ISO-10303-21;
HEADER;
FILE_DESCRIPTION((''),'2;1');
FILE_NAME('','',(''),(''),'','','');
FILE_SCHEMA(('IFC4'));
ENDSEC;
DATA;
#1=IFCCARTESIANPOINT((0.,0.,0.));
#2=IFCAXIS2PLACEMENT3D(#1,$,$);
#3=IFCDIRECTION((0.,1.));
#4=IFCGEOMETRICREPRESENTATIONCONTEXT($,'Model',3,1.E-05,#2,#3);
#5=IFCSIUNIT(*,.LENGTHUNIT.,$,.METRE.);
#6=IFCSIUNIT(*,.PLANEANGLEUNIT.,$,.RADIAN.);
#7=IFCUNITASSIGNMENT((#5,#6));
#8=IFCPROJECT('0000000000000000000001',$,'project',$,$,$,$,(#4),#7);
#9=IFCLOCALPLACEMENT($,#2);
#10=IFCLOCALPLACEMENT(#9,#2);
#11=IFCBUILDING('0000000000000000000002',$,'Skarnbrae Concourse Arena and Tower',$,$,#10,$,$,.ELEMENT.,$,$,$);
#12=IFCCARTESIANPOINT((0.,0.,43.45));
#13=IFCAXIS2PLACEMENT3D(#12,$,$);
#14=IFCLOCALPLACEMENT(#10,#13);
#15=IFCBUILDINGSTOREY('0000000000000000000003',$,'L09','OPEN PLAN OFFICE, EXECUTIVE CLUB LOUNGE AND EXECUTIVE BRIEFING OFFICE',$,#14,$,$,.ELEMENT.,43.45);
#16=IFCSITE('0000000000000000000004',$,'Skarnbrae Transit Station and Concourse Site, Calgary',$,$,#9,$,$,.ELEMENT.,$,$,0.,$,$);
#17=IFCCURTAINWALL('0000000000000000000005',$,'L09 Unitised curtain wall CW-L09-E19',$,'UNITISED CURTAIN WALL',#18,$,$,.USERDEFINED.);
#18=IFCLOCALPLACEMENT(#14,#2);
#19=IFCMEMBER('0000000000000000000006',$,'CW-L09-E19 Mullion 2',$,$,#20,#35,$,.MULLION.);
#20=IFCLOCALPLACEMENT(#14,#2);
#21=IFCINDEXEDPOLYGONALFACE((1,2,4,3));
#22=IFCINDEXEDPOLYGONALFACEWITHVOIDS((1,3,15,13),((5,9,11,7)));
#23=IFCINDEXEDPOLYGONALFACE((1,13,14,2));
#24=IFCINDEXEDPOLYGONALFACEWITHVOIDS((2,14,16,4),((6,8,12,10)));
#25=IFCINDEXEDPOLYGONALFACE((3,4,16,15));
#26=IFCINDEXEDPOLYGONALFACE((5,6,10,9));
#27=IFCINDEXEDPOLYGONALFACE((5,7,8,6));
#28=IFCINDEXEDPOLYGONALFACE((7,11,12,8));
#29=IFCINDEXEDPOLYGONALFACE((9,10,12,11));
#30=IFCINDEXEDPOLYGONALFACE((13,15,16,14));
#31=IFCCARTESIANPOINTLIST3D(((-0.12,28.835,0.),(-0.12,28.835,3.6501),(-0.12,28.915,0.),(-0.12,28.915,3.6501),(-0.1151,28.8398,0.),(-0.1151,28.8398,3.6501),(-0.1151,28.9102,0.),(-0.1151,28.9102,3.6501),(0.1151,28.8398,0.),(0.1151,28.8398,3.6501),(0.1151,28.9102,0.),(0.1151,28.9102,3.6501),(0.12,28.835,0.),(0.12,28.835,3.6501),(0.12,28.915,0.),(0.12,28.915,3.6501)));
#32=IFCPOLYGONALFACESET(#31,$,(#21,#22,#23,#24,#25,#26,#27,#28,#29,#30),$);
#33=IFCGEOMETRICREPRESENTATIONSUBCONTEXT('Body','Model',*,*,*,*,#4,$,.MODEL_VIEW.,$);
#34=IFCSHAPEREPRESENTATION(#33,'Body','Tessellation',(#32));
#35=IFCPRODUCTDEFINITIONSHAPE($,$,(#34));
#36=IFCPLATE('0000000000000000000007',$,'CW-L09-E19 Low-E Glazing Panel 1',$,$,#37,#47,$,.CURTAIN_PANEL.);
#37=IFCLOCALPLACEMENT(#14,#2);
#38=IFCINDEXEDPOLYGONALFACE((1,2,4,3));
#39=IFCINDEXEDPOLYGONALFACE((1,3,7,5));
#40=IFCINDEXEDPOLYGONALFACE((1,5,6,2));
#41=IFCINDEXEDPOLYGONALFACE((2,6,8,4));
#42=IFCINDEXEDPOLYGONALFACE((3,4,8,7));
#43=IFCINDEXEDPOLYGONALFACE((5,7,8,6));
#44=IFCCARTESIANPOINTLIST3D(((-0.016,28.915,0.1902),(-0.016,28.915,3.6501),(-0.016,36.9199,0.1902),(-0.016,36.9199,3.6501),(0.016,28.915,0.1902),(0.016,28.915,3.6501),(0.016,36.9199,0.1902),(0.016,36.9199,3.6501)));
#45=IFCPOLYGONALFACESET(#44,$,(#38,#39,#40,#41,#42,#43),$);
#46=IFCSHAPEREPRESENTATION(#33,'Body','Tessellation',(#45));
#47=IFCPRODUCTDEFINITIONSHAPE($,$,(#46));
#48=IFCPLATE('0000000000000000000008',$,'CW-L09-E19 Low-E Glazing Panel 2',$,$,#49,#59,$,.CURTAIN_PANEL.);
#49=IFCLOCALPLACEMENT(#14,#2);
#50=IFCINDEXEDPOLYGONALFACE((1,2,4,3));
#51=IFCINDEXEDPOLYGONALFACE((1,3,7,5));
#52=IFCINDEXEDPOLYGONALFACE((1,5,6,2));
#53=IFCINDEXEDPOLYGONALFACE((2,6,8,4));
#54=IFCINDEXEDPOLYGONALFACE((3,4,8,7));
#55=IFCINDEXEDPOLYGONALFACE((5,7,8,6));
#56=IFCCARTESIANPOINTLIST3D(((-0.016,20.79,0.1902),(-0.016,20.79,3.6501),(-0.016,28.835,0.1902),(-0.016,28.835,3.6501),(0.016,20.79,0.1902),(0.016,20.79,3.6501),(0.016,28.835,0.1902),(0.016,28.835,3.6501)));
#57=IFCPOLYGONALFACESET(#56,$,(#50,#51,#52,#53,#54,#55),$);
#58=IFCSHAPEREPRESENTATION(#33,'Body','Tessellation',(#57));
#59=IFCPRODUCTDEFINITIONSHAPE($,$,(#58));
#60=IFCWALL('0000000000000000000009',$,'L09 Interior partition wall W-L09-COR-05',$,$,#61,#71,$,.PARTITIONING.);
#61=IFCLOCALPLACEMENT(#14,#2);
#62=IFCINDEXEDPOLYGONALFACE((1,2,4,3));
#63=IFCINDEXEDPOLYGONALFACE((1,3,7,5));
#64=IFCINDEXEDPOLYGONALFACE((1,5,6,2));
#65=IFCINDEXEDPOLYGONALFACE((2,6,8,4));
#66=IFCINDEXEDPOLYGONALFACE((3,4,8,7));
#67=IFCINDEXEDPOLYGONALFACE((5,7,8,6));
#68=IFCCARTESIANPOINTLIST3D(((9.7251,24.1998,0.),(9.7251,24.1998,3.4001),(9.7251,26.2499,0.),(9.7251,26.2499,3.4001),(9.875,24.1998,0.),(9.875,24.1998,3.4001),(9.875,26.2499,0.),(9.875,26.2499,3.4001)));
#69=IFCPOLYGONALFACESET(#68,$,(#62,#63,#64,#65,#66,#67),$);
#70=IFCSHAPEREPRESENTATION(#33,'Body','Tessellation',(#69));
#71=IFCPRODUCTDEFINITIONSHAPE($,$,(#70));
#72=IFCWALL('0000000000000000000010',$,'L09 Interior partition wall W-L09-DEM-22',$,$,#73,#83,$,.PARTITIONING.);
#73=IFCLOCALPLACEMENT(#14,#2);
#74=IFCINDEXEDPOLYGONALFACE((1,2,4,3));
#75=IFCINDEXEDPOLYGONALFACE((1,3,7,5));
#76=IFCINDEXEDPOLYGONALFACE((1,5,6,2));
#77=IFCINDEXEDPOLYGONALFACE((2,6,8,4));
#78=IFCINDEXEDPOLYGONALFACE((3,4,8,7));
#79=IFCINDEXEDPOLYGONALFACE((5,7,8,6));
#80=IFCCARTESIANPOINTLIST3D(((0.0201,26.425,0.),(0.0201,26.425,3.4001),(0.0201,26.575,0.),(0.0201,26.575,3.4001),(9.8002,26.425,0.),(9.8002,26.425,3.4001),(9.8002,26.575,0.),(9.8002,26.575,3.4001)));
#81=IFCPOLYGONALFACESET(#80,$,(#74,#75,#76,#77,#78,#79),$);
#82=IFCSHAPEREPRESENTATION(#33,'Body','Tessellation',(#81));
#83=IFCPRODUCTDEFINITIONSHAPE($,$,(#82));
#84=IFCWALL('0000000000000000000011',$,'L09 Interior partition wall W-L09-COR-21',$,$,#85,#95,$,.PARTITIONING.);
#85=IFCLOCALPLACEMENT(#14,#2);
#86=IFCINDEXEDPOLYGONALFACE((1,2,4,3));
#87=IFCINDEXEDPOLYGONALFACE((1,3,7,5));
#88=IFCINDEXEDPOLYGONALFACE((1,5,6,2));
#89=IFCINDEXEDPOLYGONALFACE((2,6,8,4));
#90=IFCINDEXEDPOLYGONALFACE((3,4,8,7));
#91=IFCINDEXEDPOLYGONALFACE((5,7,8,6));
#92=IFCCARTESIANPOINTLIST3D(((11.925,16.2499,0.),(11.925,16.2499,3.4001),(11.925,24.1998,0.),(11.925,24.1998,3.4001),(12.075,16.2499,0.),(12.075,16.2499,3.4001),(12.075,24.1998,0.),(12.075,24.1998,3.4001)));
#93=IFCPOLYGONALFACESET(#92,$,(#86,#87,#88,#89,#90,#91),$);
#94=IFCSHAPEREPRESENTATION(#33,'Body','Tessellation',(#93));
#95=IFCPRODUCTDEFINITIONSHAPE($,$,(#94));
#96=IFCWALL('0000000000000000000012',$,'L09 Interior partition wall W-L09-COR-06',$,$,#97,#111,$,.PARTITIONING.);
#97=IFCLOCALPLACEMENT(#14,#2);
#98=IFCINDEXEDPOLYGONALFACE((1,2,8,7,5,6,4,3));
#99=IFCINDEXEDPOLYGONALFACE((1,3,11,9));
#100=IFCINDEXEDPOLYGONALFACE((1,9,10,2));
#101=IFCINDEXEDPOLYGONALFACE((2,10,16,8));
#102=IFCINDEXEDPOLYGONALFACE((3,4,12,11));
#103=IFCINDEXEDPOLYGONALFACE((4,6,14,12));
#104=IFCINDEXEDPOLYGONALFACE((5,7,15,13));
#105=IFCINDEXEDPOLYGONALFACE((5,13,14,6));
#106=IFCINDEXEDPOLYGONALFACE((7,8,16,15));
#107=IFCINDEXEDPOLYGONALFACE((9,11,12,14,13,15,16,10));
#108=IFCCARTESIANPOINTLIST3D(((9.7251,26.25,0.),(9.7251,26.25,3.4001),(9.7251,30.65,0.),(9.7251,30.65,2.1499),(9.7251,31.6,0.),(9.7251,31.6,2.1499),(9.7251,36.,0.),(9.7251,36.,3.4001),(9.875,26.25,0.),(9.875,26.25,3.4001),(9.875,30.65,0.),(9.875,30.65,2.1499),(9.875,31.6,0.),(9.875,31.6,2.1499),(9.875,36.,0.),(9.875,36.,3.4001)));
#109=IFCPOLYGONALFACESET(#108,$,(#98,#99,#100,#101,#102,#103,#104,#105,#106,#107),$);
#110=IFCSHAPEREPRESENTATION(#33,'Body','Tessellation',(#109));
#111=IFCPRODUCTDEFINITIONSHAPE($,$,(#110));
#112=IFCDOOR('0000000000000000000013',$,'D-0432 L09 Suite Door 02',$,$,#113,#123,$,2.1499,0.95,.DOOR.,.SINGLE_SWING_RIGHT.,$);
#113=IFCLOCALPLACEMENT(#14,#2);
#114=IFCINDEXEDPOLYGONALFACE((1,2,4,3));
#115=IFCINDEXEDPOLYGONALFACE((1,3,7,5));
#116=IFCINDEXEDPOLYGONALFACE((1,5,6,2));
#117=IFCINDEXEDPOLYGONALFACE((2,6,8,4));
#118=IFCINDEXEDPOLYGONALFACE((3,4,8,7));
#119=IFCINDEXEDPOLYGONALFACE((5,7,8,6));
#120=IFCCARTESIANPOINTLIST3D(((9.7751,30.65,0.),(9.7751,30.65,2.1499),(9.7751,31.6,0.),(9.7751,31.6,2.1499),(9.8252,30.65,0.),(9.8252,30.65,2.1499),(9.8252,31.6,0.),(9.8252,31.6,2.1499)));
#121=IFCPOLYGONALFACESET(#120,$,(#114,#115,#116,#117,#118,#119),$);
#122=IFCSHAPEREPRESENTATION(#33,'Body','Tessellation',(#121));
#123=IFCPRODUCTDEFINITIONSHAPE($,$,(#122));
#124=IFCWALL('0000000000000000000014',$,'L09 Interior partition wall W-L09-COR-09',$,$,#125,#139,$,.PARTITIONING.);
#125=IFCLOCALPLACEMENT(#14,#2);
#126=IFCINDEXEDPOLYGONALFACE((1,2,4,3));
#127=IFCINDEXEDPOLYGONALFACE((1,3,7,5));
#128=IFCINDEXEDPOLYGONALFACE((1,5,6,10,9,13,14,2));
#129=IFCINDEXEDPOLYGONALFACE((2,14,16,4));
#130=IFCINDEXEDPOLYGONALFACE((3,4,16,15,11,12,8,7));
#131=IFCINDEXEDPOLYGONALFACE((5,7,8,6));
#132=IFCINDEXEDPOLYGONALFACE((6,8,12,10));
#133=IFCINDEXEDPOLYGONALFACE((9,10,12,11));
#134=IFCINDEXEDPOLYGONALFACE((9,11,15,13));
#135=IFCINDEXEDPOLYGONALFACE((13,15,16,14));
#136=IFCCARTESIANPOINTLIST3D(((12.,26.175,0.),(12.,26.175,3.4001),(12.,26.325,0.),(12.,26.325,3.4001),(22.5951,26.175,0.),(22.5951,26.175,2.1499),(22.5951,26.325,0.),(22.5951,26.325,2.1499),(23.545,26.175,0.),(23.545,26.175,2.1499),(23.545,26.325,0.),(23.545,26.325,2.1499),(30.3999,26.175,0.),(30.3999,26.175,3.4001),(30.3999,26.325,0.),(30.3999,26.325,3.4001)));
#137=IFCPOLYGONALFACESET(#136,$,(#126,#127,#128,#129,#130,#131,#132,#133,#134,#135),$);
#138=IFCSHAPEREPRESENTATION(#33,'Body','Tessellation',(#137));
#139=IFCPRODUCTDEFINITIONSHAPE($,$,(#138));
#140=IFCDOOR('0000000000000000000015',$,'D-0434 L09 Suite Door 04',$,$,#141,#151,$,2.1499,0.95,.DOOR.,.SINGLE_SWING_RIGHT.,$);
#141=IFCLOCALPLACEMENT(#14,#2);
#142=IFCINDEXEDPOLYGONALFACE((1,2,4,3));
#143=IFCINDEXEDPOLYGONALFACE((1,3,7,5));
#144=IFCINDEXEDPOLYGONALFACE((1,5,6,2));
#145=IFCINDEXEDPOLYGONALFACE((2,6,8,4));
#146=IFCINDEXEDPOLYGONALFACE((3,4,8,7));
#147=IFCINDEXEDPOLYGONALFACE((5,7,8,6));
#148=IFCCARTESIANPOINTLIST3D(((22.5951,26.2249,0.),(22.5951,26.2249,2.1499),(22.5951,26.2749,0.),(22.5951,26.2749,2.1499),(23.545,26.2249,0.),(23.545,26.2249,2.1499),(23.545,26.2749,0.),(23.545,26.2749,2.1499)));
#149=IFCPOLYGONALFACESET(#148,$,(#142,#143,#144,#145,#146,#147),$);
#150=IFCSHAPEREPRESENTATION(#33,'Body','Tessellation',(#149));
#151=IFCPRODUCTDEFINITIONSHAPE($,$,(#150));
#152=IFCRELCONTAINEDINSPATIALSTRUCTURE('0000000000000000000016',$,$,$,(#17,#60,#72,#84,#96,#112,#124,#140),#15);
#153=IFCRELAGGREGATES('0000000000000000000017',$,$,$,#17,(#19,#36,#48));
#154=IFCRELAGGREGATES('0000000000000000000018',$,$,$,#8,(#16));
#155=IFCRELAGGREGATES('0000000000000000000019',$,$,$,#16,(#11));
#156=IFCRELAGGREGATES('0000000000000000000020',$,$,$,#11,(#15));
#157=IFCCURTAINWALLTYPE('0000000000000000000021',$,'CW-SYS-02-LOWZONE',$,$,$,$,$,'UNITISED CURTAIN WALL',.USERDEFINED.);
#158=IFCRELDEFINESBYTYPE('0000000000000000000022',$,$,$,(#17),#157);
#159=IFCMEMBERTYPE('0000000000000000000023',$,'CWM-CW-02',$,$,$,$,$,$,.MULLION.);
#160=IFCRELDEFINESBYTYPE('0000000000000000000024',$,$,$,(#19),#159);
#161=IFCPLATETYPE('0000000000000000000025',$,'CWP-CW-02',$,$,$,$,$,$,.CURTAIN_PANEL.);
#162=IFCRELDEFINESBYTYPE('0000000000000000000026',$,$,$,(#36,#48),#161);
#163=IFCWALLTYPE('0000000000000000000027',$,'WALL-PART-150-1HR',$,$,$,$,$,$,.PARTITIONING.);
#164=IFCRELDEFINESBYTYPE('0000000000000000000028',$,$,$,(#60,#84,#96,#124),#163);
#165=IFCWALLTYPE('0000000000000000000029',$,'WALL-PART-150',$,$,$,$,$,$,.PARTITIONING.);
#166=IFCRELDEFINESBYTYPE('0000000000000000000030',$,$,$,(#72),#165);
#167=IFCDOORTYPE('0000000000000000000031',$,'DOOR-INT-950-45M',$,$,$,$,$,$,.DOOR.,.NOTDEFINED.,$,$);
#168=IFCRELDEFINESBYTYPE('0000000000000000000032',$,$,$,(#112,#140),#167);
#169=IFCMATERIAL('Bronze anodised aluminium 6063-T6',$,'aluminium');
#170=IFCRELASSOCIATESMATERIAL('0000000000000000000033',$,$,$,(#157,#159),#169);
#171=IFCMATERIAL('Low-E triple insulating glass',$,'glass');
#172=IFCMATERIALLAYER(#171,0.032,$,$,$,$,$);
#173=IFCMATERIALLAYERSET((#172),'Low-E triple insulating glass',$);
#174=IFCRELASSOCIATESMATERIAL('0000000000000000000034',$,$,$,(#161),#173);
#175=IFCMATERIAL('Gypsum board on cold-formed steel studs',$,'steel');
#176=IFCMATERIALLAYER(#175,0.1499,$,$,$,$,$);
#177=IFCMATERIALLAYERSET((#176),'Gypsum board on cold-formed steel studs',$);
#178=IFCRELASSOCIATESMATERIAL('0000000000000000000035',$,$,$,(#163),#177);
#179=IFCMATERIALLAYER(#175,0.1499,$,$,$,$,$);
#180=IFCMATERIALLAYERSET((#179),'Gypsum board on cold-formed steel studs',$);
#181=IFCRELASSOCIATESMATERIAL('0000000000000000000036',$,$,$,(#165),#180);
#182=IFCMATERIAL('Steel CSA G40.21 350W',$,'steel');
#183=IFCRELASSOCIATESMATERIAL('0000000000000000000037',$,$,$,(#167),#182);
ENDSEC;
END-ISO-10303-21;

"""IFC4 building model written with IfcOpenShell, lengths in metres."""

from ifc_helpers import new_model, si_unit, direction, frame, frame_2d, origin, origin_2d, place, context, subcontext, project, spatial, rectangle, hollow_rectangle, extrude, source, transform, mapped, material, layer, layer_set, material_profile, profile_set, type_object, element, fill, aggregate, save


model = new_model("IFC4")

# Units and contexts
model_context = context("Model", 3, precision=1e-05, world=origin(), true_north=direction((0.0, 1.0)))
body_context = subcontext(model_context, "Body", "Model", "MODEL_VIEW")
ifc_project = project(units=[si_unit("LENGTHUNIT", "METRE"), si_unit("PLANEANGLEUNIT", "RADIAN")], contexts=[model_context])

# Site, building, storey
site_placement = place(None, origin())
site = spatial("IfcSite", under=ifc_project, at=site_placement, Name="Skarnbrae Transit Station and Concourse Site, Calgary", CompositionType="ELEMENT", RefElevation=0.0)
building_placement = place(site_placement, origin())
building = spatial("IfcBuilding", under=site, at=building_placement, Name="Skarnbrae Concourse Arena and Tower", CompositionType="ELEMENT")
storey_placement = place(building_placement, frame((0.0, 0.0, 43.45)))
storey = spatial("IfcBuildingStorey", under=building, at=storey_placement, Name="L09", Description="OPEN PLAN OFFICE, EXECUTIVE CLUB LOUNGE AND EXECUTIVE BRIEFING OFFICE", CompositionType="ELEMENT", Elevation=43.45)

# Shared definitions
ifc_material_1 = material(Name="Steel CSA G40.21 350W", Category="steel")

# Curtain wall, member, plates
ifc_material_2 = material(Name="Bronze anodised aluminium 6063-T6", Category="aluminium")
curtain_wall_type = type_object("IfcCurtainWallType", Name="CW-SYS-02-LOWZONE", ElementType="UNITISED CURTAIN WALL", PredefinedType="USERDEFINED", material=ifc_material_2)
curtain_wall_placement = place(storey_placement, origin())
curtain_wall = element("IfcCurtainWall", 1, at=curtain_wall_placement, inside=storey, type_object=curtain_wall_type, Name="L09 Unitised curtain wall CW-L09-E19", ObjectType="UNITISED CURTAIN WALL", PredefinedType="USERDEFINED")
ifc_material_profile_1 = material_profile(ifc_material_2, hollow_rectangle(XDim=0.0801, YDim=0.24, WallThickness=0.0049, at=origin_2d()), Name="ALU-MULL-80X240")
ifc_profile_set_1 = profile_set([ifc_material_profile_1], Name="Bronze anodised aluminium 6063-T6")
member_type_1 = type_object("IfcMemberType", Name="CWM-CW-02", PredefinedType="MULLION", material=ifc_profile_set_1)
shared_shape_1 = source(origin(), body_context, "Body", "SweptSolid", [
    extrude(hollow_rectangle(XDim=0.0801, YDim=0.24, WallThickness=0.0049, at=origin_2d()), origin(), (0.0, 0.0, 1.0), 3.6501),
])
member_1_placement = place(storey_placement, frame((0.0, 28.875, 0.0), z_axis=(0.0, 0.0, 1.0), x_axis=(0.0, -1.0, 0.0)))
member_1 = element("IfcMember", 2, at=member_1_placement, type_object=member_type_1, Name="CW-L09-E19 Mullion 2", PredefinedType="MULLION", context=body_context, shape_type="MappedRepresentation", body=[
    mapped(shared_shape_1, transform((0.0, 0.0, 0.0))),
])
ifc_material_3 = material(Name="Low-E triple insulating glass", Category="glass")
ifc_layer_1 = layer(ifc_material_3, 0.032)
ifc_layer_set_1 = layer_set([ifc_layer_1], Name="Low-E triple insulating glass")
plate_type = type_object("IfcPlateType", Name="CWP-CW-02", PredefinedType="CURTAIN_PANEL", material=ifc_layer_set_1)
shared_shape_2 = source(origin(), body_context, "Body", "SweptSolid", [
    extrude(rectangle(XDim=8.0049, YDim=0.032, at=origin_2d()), origin(), (0.0, 0.0, 1.0), 3.46),
])
plate_1_placement = place(storey_placement, frame((0.0, 32.9175, 0.1902), z_axis=(0.0, 0.0, 1.0), x_axis=(0.0, -1.0, 0.0)))
plate_1 = element("IfcPlate", 3, at=plate_1_placement, type_object=plate_type, Name="CW-L09-E19 Low-E Glazing Panel 1", PredefinedType="CURTAIN_PANEL", context=body_context, shape_type="MappedRepresentation", body=[
    mapped(shared_shape_2, transform((0.0, 0.0, 0.0))),
])
shared_shape_3 = source(origin(), body_context, "Body", "SweptSolid", [
    extrude(rectangle(XDim=8.0449, YDim=0.032, at=origin_2d()), origin(), (0.0, 0.0, 1.0), 3.46),
])
plate_2_placement = place(storey_placement, frame((0.0, 24.8125, 0.1902), z_axis=(0.0, 0.0, 1.0), x_axis=(0.0, -1.0, 0.0)))
plate_2 = element("IfcPlate", 4, at=plate_2_placement, type_object=plate_type, Name="CW-L09-E19 Low-E Glazing Panel 2", PredefinedType="CURTAIN_PANEL", context=body_context, shape_type="MappedRepresentation", body=[
    mapped(shared_shape_3, transform((0.0, 0.0, 0.0))),
])
aggregate(curtain_wall, [member_1, plate_1, plate_2])

# Walls
ifc_material_4 = material(Name="Gypsum board on cold-formed steel studs", Category="steel")
ifc_layer_2 = layer(ifc_material_4, 0.1499)
ifc_layer_set_2 = layer_set([ifc_layer_2], Name="Gypsum board on cold-formed steel studs")
wall_type_1 = type_object("IfcWallType", Name="WALL-PART-150-1HR", PredefinedType="PARTITIONING", material=ifc_layer_set_2)
shared_shape_4 = source(origin(), body_context, "Body", "SweptSolid", [
    extrude(rectangle(XDim=2.05, YDim=0.1499, at=frame_2d((1.0249, 0.0))), origin(), (0.0, 0.0, 1.0), 3.4001),
])
wall_1_placement = place(storey_placement, frame((9.8, 24.2, 0.0), z_axis=(0.0, 0.0, 1.0), x_axis=(0.0, 1.0, 0.0)))
element("IfcWall", 5, at=wall_1_placement, inside=storey, type_object=wall_type_1, Name="L09 Interior partition wall W-L09-COR-05", PredefinedType="PARTITIONING", context=body_context, shape_type="MappedRepresentation", body=[
    mapped(shared_shape_4, transform((0.0, 0.0, 0.0))),
])
ifc_layer_3 = layer(ifc_material_4, 0.1499)
ifc_layer_set_3 = layer_set([ifc_layer_3], Name="Gypsum board on cold-formed steel studs")
wall_type_2 = type_object("IfcWallType", Name="WALL-PART-150", PredefinedType="PARTITIONING", material=ifc_layer_set_3)
shared_shape_5 = source(origin(), body_context, "Body", "SweptSolid", [
    extrude(rectangle(XDim=9.78, YDim=0.1499, at=frame_2d((4.8901, 0.0))), origin(), (0.0, 0.0, 1.0), 3.4001),
])
wall_2_placement = place(storey_placement, frame((0.02, 26.5, 0.0), z_axis=(0.0, 0.0, 1.0), x_axis=(1.0, 0.0, 0.0)))
element("IfcWall", 6, at=wall_2_placement, inside=storey, type_object=wall_type_2, Name="L09 Interior partition wall W-L09-DEM-22", PredefinedType="PARTITIONING", context=body_context, shape_type="MappedRepresentation", body=[
    mapped(shared_shape_5, transform((0.0, 0.0, 0.0))),
])
shared_shape_6 = source(origin(), body_context, "Body", "SweptSolid", [
    extrude(rectangle(XDim=7.95, YDim=0.1499, at=frame_2d((3.9751, 0.0))), origin(), (0.0, 0.0, 1.0), 3.4001),
])
wall_3_placement = place(storey_placement, frame((12.0, 24.2, 0.0), z_axis=(0.0, 0.0, 1.0), x_axis=(0.0, -1.0, 0.0)))
element("IfcWall", 7, at=wall_3_placement, inside=storey, type_object=wall_type_1, Name="L09 Interior partition wall W-L09-COR-21", PredefinedType="PARTITIONING", context=body_context, shape_type="MappedRepresentation", body=[
    mapped(shared_shape_6, transform((0.0, 0.0, 0.0))),
])

# Walls, openings, doors
shared_shape_7 = source(origin(), body_context, "Body", "SweptSolid", [
    extrude(rectangle(XDim=9.75, YDim=0.1499, at=frame_2d((4.875, 0.0))), origin(), (0.0, 0.0, 1.0), 3.4001),
])
wall_4_placement = place(storey_placement, frame((9.8, 26.25, 0.0), z_axis=(0.0, 0.0, 1.0), x_axis=(0.0, 1.0, 0.0)))
wall_4 = element("IfcWall", 8, at=wall_4_placement, inside=storey, type_object=wall_type_1, Name="L09 Interior partition wall W-L09-COR-06", PredefinedType="PARTITIONING", context=body_context, shape_type="MappedRepresentation", body=[
    mapped(shared_shape_7, transform((0.0, 0.0, 0.0))),
])
opening_1_placement = place(wall_4_placement, frame((4.3999, 0.0, 0.0)))
opening_1 = element("IfcOpeningElement", 9, at=opening_1_placement, cuts=wall_4, PredefinedType="OPENING", context=body_context, shape_type="SweptSolid", body=[
    extrude(rectangle(XDim=0.95, YDim=2.1499, at=frame_2d((0.4751, 1.075))), frame((0.0, 0.085, 0.0), z_axis=(0.0, -1.0, 0.0), x_axis=(1.0, 0.0, 0.0)), (0.0, 0.0, 1.0), 0.1699),
])
door_type = type_object("IfcDoorType", Name="DOOR-INT-950-45M", OperationType="NOTDEFINED", PredefinedType="DOOR", material=ifc_material_1)
shared_shape_8 = source(origin(), body_context, "Body", "SweptSolid", [
    extrude(rectangle(XDim=0.95, YDim=2.1499, at=frame_2d((0.4751, 1.075))), frame((0.0, 0.0249, 0.0), z_axis=(0.0, -1.0, 0.0), x_axis=(1.0, 0.0, 0.0)), (0.0, 0.0, 1.0), 0.05),
])
door_1_placement = place(opening_1_placement, origin())
door_1 = element("IfcDoor", 10, at=door_1_placement, inside=storey, type_object=door_type, Name="D-0432 L09 Suite Door 02", OperationType="SINGLE_SWING_RIGHT", OverallHeight=2.1499, OverallWidth=0.95, PredefinedType="DOOR", context=body_context, shape_type="MappedRepresentation", body=[
    mapped(shared_shape_8, transform((0.0, 0.0, 0.0))),
])
fill(opening_1, door_1)
shared_shape_9 = source(origin(), body_context, "Body", "SweptSolid", [
    extrude(rectangle(XDim=18.3999, YDim=0.1499, at=frame_2d((9.2, 0.0))), origin(), (0.0, 0.0, 1.0), 3.4001),
])
wall_5_placement = place(storey_placement, frame((12.0, 26.25, 0.0), z_axis=(0.0, 0.0, 1.0), x_axis=(1.0, 0.0, 0.0)))
wall_5 = element("IfcWall", 11, at=wall_5_placement, inside=storey, type_object=wall_type_1, Name="L09 Interior partition wall W-L09-COR-09", PredefinedType="PARTITIONING", context=body_context, shape_type="MappedRepresentation", body=[
    mapped(shared_shape_9, transform((0.0, 0.0, 0.0))),
])
opening_2_placement = place(wall_5_placement, frame((10.595, 0.0, 0.0)))
opening_2 = element("IfcOpeningElement", 12, at=opening_2_placement, cuts=wall_5, PredefinedType="OPENING", context=body_context, shape_type="SweptSolid", body=[
    extrude(rectangle(XDim=0.95, YDim=2.1499, at=frame_2d((0.4751, 1.075))), frame((0.0, 0.085, 0.0), z_axis=(0.0, -1.0, 0.0), x_axis=(1.0, 0.0, 0.0)), (0.0, 0.0, 1.0), 0.1699),
])
door_2_placement = place(opening_2_placement, origin())
door_2 = element("IfcDoor", 13, at=door_2_placement, inside=storey, type_object=door_type, Name="D-0434 L09 Suite Door 04", OperationType="SINGLE_SWING_RIGHT", OverallHeight=2.1499, OverallWidth=0.95, PredefinedType="DOOR", context=body_context, shape_type="MappedRepresentation", body=[
    mapped(shared_shape_8, transform((0.0, 0.0, 0.0))),
])
fill(opening_2, door_2)

save(model, "model.ifc")
